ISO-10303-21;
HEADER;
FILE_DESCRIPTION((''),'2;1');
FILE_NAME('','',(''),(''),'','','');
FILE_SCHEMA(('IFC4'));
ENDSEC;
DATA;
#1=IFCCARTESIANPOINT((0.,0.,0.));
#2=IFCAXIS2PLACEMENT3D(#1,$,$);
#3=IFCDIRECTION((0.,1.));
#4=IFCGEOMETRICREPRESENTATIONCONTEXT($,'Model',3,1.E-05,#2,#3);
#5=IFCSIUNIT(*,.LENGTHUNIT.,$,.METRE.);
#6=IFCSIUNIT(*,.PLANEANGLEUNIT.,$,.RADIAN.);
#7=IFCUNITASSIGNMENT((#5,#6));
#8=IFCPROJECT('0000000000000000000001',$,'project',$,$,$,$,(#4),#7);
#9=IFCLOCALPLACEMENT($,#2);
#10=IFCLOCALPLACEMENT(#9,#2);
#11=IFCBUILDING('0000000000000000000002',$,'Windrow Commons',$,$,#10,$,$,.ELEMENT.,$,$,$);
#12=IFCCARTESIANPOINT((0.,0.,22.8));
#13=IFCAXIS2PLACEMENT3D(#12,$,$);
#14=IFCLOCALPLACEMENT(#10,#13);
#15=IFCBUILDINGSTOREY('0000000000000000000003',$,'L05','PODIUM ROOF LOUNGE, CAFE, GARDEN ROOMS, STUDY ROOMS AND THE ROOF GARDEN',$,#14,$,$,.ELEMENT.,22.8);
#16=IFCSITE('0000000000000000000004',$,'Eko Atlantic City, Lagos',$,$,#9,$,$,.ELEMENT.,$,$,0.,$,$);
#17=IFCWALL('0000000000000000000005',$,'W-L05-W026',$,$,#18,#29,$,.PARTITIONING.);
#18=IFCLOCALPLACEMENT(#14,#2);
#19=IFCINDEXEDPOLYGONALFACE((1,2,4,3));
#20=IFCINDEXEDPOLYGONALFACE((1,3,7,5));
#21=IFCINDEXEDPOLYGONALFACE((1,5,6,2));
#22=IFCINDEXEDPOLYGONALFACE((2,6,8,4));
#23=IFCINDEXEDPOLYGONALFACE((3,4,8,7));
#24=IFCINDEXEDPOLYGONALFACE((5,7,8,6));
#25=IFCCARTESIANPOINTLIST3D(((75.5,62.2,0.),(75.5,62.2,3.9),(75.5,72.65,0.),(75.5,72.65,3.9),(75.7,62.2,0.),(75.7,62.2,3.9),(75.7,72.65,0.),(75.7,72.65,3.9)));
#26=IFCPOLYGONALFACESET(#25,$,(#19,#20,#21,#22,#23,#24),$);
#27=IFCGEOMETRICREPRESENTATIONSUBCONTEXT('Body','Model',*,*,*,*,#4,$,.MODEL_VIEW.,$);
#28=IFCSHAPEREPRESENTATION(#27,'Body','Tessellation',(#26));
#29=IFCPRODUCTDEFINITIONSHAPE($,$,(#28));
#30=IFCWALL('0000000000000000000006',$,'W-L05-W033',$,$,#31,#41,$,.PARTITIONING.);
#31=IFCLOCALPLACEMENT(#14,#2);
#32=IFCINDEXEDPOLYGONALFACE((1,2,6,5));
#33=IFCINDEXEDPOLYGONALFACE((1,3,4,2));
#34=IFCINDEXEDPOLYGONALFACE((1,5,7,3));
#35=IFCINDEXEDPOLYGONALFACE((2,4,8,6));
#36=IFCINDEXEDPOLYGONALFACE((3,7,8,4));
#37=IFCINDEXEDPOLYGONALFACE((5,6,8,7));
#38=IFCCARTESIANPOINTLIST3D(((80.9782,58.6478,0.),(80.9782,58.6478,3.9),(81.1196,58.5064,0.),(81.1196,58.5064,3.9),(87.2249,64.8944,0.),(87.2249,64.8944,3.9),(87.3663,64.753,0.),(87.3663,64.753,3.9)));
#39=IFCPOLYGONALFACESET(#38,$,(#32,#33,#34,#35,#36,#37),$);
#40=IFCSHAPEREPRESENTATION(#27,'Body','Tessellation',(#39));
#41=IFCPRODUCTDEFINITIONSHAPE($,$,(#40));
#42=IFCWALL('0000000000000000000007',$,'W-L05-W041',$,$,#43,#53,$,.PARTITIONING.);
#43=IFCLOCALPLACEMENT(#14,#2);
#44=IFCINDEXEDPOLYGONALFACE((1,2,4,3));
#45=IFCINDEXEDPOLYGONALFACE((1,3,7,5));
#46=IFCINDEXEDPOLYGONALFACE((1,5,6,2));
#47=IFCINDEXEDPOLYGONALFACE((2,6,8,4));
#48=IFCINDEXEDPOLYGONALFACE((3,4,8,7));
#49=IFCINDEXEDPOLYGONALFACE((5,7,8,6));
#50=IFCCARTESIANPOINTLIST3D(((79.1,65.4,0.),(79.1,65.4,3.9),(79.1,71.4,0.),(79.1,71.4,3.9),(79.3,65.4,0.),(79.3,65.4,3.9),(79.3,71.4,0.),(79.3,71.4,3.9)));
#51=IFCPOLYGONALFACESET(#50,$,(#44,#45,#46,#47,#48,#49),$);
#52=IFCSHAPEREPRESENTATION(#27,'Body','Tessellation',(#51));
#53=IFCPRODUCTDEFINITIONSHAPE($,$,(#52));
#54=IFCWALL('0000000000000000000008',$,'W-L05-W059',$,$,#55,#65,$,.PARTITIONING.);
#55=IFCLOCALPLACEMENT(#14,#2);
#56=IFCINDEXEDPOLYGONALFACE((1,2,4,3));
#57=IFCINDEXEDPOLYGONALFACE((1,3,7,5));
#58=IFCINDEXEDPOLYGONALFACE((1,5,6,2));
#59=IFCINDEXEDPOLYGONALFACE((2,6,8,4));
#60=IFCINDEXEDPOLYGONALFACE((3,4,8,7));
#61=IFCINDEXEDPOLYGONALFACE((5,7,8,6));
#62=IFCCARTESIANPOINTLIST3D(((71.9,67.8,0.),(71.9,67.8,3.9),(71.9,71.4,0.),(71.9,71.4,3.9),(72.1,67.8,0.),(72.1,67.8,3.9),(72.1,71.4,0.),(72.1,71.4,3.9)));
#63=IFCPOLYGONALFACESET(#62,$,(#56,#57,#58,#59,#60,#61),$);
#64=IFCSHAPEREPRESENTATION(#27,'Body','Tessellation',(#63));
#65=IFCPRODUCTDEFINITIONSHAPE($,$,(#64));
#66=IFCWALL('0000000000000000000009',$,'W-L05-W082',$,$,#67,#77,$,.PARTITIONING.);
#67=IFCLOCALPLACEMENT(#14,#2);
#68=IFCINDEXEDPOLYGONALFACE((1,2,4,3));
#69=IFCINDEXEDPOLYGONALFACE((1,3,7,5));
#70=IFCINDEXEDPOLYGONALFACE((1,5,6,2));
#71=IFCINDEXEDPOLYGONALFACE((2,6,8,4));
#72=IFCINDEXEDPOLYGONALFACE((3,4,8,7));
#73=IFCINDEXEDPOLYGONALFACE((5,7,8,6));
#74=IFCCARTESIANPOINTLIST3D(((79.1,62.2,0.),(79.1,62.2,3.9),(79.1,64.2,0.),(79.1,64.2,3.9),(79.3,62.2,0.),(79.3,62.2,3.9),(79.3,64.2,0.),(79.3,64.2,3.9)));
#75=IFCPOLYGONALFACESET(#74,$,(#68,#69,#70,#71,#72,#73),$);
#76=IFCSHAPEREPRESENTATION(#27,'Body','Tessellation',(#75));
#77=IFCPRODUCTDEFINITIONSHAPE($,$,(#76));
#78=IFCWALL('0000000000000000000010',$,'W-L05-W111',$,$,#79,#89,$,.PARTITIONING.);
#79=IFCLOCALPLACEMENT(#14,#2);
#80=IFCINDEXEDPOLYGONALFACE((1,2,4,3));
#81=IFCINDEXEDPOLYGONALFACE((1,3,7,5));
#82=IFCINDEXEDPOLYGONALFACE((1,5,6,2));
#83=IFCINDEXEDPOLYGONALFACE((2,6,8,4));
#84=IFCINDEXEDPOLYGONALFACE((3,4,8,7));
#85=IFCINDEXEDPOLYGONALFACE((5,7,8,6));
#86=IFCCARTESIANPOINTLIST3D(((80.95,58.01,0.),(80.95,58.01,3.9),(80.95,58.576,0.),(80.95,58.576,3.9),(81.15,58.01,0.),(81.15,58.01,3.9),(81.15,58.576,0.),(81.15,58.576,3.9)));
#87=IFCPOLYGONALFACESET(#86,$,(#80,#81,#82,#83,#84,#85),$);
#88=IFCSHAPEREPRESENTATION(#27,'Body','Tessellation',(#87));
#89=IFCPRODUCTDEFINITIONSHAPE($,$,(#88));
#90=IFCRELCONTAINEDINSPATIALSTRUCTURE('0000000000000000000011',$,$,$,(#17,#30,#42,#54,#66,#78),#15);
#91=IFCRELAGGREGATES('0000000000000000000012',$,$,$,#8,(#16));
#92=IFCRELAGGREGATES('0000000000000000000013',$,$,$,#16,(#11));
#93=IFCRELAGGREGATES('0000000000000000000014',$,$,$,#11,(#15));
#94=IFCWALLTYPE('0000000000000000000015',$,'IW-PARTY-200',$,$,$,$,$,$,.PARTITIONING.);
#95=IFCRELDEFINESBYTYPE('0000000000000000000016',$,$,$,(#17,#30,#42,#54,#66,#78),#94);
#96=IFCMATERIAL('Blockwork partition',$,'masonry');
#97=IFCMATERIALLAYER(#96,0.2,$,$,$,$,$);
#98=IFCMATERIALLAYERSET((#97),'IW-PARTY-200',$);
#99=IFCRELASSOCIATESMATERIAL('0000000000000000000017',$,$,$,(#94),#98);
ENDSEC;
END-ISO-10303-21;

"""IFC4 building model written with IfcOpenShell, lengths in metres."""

from ifc_helpers import new_model, si_unit, direction, frame, frame_2d, origin, place, context, subcontext, project, spatial, rectangle, extrude, material, layer, layer_set, type_object, element, save


model = new_model("IFC4")

# Units and contexts
model_context = context("Model", 3, precision=1e-05, world=origin(), true_north=direction((0.0, 1.0)))
body_context = subcontext(model_context, "Body", "Model", "MODEL_VIEW")
ifc_project = project(units=[si_unit("LENGTHUNIT", "METRE"), si_unit("PLANEANGLEUNIT", "RADIAN")], contexts=[model_context])

# Site, building, storey
site_placement = place(None, origin())
site = spatial("IfcSite", under=ifc_project, at=site_placement, Name="Eko Atlantic City, Lagos", CompositionType="ELEMENT", RefElevation=0.0)
building_placement = place(site_placement, origin())
building = spatial("IfcBuilding", under=site, at=building_placement, Name="Windrow Commons", CompositionType="ELEMENT")
storey_placement = place(building_placement, frame((0.0, 0.0, 22.8)))
storey = spatial("IfcBuildingStorey", under=building, at=storey_placement, Name="L05", Description="PODIUM ROOF LOUNGE, CAFE, GARDEN ROOMS, STUDY ROOMS AND THE ROOF GARDEN", CompositionType="ELEMENT", Elevation=22.8)

# Walls
ifc_material_1 = material(Name="Blockwork partition", Category="masonry")
ifc_layer_1 = layer(ifc_material_1, 0.2)
ifc_layer_set_1 = layer_set([ifc_layer_1], Name="IW-PARTY-200")
wall_type_1 = type_object("IfcWallType", Name="IW-PARTY-200", PredefinedType="PARTITIONING", material=ifc_layer_set_1)
wall_1_placement = place(storey_placement, frame((75.6, 62.2, 0.0), z_axis=(0.0, 0.0, 1.0), x_axis=(0.0, 1.0, 0.0)))
element("IfcWall", 1, at=wall_1_placement, inside=storey, type_object=wall_type_1, Name="W-L05-W026", PredefinedType="PARTITIONING", context=body_context, shape_type="SweptSolid", body=[
    extrude(rectangle(XDim=10.45, YDim=0.2, at=frame_2d((5.225, 0.0))), origin(), (0.0, 0.0, 1.0), 3.9),
])
wall_2_placement = place(storey_placement, frame((81.0489, 58.5771, 0.0), z_axis=(0.0, 0.0, 1.0), x_axis=(0.707112, 0.707101, 0.0)))
element("IfcWall", 2, at=wall_2_placement, inside=storey, type_object=wall_type_1, Name="W-L05-W033", PredefinedType="PARTITIONING", context=body_context, shape_type="SweptSolid", body=[
    extrude(rectangle(XDim=8.8341, YDim=0.2, at=frame_2d((4.417, 0.0))), origin(), (0.0, 0.0, 1.0), 3.9),
])
wall_3_placement = place(storey_placement, frame((79.2, 65.4, 0.0), z_axis=(0.0, 0.0, 1.0), x_axis=(0.0, 1.0, 0.0)))
element("IfcWall", 3, at=wall_3_placement, inside=storey, type_object=wall_type_1, Name="W-L05-W041", PredefinedType="PARTITIONING", context=body_context, shape_type="SweptSolid", body=[
    extrude(rectangle(XDim=6.0, YDim=0.2, at=frame_2d((3.0, 0.0))), origin(), (0.0, 0.0, 1.0), 3.9),
])
wall_4_placement = place(storey_placement, frame((72.0, 67.8, 0.0), z_axis=(0.0, 0.0, 1.0), x_axis=(0.0, 1.0, 0.0)))
element("IfcWall", 4, at=wall_4_placement, inside=storey, type_object=wall_type_1, Name="W-L05-W059", PredefinedType="PARTITIONING", context=body_context, shape_type="SweptSolid", body=[
    extrude(rectangle(XDim=3.6, YDim=0.2, at=frame_2d((1.8, 0.0))), origin(), (0.0, 0.0, 1.0), 3.9),
])
wall_5_placement = place(storey_placement, frame((79.2, 62.2, 0.0), z_axis=(0.0, 0.0, 1.0), x_axis=(0.0, 1.0, 0.0)))
element("IfcWall", 5, at=wall_5_placement, inside=storey, type_object=wall_type_1, Name="W-L05-W082", PredefinedType="PARTITIONING", context=body_context, shape_type="SweptSolid", body=[
    extrude(rectangle(XDim=2.0, YDim=0.2, at=frame_2d((1.0, 0.0))), origin(), (0.0, 0.0, 1.0), 3.9),
])
wall_6_placement = place(storey_placement, frame((81.05, 58.01, 0.0), z_axis=(0.0, 0.0, 1.0), x_axis=(0.0, 1.0, 0.0)))
element("IfcWall", 6, at=wall_6_placement, inside=storey, type_object=wall_type_1, Name="W-L05-W111", PredefinedType="PARTITIONING", context=body_context, shape_type="SweptSolid", body=[
    extrude(rectangle(XDim=0.566, YDim=0.2, at=frame_2d((0.283, 0.0))), origin(), (0.0, 0.0, 1.0), 3.9),
])

save(model, "model.ifc")
